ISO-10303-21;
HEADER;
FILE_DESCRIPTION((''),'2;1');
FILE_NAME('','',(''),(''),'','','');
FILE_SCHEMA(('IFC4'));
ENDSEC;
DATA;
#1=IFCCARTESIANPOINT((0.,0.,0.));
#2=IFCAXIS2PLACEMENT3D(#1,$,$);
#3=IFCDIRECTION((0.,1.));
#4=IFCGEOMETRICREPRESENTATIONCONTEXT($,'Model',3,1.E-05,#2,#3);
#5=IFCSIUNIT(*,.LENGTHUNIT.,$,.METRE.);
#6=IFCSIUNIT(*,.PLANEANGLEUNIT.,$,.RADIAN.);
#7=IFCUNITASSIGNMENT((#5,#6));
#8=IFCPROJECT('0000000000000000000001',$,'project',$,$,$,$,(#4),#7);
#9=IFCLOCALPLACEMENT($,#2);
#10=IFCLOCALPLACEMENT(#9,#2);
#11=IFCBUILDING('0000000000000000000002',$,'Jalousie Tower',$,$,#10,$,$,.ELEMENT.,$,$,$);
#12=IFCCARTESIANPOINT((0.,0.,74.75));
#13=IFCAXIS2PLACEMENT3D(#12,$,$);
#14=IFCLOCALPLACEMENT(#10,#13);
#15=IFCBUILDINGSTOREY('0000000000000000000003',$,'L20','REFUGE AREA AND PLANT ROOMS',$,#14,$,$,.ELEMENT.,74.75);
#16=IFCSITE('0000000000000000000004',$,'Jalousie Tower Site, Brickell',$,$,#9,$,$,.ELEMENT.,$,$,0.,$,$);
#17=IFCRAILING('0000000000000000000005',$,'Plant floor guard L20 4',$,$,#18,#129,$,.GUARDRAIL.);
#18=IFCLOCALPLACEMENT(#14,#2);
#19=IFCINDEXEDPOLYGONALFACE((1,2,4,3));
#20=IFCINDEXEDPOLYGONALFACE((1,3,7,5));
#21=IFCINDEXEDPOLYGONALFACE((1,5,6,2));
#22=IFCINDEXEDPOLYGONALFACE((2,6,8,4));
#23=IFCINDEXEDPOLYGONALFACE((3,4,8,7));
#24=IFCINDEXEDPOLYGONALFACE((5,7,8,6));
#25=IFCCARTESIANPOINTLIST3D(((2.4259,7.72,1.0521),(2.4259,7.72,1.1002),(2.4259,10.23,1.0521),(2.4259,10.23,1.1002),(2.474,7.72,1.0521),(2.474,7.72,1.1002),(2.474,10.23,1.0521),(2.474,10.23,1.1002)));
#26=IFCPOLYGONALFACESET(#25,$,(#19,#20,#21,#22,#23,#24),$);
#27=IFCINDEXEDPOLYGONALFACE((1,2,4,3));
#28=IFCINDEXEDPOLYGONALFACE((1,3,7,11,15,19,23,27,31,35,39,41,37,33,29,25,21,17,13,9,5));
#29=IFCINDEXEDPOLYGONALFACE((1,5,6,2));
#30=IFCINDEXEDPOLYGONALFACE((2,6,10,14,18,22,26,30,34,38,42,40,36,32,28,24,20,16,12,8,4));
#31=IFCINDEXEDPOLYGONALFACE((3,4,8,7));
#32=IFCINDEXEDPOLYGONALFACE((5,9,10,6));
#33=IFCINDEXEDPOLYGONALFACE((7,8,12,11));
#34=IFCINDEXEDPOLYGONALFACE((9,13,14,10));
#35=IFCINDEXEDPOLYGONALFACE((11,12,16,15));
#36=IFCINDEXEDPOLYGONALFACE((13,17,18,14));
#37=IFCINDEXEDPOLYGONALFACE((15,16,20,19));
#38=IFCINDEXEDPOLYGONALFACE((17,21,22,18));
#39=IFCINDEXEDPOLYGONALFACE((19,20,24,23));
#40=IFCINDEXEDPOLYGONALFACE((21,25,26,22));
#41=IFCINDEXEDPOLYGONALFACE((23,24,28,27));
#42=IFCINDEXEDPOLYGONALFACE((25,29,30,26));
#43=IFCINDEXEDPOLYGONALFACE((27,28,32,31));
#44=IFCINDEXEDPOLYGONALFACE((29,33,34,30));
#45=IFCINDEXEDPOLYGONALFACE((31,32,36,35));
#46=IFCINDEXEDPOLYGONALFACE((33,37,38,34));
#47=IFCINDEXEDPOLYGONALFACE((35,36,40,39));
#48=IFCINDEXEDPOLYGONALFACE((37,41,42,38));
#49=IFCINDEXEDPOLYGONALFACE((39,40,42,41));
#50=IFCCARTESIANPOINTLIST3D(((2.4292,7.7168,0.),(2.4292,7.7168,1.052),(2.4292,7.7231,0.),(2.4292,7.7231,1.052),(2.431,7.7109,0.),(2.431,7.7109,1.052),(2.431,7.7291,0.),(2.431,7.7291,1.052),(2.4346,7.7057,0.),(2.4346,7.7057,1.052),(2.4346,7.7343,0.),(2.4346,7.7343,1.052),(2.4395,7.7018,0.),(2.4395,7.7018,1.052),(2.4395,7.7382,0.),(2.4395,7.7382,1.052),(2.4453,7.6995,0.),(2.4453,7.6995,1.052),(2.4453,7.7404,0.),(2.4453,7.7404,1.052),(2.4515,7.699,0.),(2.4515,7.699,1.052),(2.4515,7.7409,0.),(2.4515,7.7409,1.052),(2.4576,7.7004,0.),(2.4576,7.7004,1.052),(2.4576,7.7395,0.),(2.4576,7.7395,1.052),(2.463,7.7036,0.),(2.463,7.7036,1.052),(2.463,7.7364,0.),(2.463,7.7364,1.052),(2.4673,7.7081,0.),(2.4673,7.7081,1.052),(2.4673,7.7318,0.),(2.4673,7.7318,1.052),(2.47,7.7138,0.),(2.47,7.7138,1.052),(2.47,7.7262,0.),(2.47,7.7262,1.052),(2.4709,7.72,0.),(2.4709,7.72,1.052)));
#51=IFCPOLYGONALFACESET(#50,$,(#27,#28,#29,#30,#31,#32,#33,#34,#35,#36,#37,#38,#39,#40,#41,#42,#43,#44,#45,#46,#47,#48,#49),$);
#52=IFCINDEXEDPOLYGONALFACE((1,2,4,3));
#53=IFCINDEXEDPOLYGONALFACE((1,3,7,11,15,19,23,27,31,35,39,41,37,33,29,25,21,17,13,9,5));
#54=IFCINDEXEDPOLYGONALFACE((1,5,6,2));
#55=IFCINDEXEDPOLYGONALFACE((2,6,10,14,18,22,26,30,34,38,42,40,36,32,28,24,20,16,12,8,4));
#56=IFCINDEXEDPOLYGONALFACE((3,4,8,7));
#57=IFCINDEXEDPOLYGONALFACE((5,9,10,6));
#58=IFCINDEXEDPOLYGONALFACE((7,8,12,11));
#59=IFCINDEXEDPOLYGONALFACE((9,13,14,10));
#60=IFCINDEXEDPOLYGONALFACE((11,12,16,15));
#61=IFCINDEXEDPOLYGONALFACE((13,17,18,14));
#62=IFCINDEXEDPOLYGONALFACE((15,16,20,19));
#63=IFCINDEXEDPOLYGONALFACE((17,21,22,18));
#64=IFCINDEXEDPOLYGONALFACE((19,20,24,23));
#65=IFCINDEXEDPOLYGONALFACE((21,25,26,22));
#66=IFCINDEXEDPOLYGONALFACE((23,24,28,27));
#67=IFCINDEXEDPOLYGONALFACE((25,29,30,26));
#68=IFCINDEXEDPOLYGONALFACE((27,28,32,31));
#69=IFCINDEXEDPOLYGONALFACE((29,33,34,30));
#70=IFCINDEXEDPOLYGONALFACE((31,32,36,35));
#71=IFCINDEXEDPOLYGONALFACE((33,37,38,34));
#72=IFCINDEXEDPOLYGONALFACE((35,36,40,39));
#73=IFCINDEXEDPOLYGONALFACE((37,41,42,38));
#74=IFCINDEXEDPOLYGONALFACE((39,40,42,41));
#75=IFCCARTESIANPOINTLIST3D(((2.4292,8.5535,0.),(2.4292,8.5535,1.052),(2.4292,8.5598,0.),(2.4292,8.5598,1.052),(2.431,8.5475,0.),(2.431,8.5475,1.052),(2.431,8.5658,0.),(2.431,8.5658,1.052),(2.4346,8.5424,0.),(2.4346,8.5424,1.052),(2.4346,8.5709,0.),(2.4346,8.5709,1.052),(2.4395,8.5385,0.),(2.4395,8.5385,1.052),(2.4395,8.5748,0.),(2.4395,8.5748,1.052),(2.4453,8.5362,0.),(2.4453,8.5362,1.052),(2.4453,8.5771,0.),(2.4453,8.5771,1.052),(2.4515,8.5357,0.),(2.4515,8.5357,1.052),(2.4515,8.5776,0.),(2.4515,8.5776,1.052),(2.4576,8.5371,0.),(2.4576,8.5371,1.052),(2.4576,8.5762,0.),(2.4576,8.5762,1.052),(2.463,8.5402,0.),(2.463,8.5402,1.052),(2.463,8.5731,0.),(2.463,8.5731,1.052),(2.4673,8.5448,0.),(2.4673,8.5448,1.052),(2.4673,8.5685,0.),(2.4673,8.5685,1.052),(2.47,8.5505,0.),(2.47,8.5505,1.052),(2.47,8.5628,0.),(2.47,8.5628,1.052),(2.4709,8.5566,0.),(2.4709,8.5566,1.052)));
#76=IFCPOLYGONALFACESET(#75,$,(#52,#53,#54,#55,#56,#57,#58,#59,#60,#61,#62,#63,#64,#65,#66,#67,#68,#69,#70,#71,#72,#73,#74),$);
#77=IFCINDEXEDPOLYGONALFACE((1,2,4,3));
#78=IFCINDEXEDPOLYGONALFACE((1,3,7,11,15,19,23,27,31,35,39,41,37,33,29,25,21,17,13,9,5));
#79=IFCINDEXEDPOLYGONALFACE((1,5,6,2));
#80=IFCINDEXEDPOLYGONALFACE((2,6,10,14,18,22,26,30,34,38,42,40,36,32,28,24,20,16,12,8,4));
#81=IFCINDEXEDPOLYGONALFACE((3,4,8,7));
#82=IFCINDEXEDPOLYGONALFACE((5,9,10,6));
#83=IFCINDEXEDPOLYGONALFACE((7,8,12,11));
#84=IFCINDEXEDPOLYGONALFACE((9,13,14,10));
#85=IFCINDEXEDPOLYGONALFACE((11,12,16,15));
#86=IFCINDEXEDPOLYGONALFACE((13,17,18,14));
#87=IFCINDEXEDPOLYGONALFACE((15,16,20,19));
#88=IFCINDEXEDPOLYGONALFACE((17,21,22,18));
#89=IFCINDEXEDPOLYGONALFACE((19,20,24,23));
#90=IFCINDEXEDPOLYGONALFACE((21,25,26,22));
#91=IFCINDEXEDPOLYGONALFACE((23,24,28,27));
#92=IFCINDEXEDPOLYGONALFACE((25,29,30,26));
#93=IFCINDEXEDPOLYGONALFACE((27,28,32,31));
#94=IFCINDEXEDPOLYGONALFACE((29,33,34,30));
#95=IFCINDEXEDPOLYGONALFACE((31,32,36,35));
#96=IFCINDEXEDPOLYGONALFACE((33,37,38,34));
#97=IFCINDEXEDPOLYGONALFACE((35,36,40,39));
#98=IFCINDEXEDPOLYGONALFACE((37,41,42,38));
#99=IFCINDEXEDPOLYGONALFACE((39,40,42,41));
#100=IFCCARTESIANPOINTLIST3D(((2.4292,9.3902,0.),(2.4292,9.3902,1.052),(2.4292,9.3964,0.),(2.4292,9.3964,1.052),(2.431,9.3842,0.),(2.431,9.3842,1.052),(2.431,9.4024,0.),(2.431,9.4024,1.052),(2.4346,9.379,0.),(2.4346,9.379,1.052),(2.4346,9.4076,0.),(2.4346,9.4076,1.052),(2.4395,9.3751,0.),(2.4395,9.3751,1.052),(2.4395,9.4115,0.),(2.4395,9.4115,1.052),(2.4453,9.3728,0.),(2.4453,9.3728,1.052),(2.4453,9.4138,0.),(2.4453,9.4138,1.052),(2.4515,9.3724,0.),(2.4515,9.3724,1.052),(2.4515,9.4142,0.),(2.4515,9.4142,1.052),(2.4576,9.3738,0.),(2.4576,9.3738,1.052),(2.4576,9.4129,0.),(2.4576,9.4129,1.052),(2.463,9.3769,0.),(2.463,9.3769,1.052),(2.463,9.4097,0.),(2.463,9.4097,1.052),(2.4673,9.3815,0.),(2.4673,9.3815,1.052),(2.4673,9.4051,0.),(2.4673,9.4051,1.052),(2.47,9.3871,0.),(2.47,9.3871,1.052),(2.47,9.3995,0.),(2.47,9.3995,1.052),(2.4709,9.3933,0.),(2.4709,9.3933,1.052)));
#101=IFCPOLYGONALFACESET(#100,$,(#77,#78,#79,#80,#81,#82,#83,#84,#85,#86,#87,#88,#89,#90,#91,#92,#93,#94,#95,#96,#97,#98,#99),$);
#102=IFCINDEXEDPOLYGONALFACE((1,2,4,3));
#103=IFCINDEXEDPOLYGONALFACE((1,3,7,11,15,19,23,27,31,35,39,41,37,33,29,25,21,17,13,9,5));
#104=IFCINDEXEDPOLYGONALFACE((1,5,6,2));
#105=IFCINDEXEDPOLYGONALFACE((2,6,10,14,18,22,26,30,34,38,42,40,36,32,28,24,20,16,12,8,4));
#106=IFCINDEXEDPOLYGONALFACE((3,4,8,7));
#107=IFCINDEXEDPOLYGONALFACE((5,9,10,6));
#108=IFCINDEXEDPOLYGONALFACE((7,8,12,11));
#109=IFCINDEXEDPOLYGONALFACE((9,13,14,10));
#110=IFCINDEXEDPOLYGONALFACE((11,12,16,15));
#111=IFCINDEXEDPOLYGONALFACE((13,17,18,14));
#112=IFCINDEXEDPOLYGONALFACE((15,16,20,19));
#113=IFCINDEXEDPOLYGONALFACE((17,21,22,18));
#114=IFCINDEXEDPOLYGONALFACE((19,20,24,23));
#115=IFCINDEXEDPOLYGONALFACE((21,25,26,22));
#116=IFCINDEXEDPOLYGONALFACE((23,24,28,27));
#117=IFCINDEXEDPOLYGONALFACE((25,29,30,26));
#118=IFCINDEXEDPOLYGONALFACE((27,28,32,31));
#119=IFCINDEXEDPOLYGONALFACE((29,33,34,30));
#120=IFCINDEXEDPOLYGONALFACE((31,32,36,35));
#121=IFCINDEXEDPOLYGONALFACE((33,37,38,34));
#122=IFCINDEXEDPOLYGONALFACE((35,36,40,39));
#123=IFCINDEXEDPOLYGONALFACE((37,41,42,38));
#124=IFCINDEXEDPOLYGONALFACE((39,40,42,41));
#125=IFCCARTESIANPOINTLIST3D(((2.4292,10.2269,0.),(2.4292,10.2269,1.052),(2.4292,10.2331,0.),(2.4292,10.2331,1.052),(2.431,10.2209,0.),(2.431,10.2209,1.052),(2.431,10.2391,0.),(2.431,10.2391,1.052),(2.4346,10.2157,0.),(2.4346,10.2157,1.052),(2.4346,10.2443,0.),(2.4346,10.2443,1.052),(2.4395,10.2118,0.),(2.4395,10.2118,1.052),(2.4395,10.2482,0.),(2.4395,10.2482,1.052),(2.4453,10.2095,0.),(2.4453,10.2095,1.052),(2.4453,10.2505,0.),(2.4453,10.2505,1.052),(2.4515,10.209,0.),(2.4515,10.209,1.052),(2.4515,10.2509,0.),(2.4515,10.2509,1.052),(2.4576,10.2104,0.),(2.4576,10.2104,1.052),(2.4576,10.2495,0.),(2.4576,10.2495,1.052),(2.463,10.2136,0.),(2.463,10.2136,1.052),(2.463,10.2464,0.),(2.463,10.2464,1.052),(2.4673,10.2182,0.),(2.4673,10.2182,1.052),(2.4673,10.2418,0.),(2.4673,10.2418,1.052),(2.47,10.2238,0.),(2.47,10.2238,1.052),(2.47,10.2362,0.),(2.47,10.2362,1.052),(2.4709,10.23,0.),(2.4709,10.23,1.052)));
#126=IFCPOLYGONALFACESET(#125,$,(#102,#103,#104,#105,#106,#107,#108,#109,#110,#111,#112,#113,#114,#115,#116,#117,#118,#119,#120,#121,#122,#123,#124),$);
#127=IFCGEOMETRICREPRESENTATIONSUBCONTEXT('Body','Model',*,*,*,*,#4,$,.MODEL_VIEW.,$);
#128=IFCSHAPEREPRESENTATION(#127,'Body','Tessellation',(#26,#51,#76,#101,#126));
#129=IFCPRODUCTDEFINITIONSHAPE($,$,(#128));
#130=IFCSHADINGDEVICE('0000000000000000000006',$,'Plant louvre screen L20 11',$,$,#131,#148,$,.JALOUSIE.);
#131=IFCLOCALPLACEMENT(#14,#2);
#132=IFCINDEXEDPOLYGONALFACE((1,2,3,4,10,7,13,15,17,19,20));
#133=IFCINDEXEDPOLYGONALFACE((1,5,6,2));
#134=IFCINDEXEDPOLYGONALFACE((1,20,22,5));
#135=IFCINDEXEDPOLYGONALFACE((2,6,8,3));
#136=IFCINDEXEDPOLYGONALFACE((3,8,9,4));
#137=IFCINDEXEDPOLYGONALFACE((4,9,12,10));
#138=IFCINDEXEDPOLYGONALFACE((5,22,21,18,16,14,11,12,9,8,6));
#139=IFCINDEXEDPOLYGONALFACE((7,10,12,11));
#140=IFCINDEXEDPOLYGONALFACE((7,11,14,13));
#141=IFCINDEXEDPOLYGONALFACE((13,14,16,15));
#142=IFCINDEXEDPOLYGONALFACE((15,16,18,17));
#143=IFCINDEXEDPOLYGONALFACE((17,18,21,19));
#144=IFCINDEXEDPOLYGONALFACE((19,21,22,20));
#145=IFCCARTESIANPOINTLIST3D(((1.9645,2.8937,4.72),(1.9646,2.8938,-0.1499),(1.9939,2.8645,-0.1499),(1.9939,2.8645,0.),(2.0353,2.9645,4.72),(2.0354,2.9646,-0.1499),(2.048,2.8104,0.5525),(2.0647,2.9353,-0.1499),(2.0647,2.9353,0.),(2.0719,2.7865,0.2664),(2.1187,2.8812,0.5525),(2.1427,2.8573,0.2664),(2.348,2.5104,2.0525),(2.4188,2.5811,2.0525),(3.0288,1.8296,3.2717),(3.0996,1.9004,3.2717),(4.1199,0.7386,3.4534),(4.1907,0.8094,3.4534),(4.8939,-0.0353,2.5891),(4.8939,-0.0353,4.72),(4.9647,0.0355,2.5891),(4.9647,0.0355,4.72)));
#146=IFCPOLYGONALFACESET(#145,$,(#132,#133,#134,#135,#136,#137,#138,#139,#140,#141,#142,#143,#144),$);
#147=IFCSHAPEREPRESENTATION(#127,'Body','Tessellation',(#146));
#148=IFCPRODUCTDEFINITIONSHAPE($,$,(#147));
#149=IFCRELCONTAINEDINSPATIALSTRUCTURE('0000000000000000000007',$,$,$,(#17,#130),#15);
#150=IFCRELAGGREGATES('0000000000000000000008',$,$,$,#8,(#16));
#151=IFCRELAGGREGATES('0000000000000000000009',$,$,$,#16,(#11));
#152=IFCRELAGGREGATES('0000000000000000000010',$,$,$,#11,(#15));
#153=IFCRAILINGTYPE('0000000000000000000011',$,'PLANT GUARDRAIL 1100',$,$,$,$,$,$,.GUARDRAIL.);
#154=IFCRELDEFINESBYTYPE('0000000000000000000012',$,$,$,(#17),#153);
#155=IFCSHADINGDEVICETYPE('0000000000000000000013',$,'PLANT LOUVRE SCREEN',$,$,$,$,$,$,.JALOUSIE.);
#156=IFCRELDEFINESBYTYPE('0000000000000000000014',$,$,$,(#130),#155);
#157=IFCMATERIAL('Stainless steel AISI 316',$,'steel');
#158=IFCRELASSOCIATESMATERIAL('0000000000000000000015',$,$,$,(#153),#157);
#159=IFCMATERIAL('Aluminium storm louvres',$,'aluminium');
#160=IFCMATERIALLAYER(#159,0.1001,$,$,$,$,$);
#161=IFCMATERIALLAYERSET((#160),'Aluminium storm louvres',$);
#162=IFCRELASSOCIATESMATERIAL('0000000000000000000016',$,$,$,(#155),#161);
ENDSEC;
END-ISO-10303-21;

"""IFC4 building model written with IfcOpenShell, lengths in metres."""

from ifc_helpers import new_model, si_unit, direction, frame, origin, origin_2d, place, context, subcontext, project, spatial, polyline, rectangle, circle, outline, extrude, material, layer, layer_set, type_object, element, save


model = new_model("IFC4")

# Units and contexts
model_context = context("Model", 3, precision=1e-05, world=origin(), true_north=direction((0.0, 1.0)))
body_context = subcontext(model_context, "Body", "Model", "MODEL_VIEW")
ifc_project = project(units=[si_unit("LENGTHUNIT", "METRE"), si_unit("PLANEANGLEUNIT", "RADIAN")], contexts=[model_context])

# Site, building, storey
site_placement = place(None, origin())
site = spatial("IfcSite", under=ifc_project, at=site_placement, Name="Jalousie Tower Site, Brickell", CompositionType="ELEMENT", RefElevation=0.0)
building_placement = place(site_placement, origin())
building = spatial("IfcBuilding", under=site, at=building_placement, Name="Jalousie Tower", CompositionType="ELEMENT")
storey_placement = place(building_placement, frame((0.0, 0.0, 74.75)))
storey = spatial("IfcBuildingStorey", under=building, at=storey_placement, Name="L20", Description="REFUGE AREA AND PLANT ROOMS", CompositionType="ELEMENT", Elevation=74.75)

# Railing
ifc_material_1 = material(Name="Stainless steel AISI 316", Category="steel")
railing_type = type_object("IfcRailingType", Name="PLANT GUARDRAIL 1100", PredefinedType="GUARDRAIL", material=ifc_material_1)
railing_1_placement = place(storey_placement, frame((2.45, 7.72, 0.0)))
element("IfcRailing", 1, at=railing_1_placement, inside=storey, type_object=railing_type, Name="Plant floor guard L20 4", PredefinedType="GUARDRAIL", context=body_context, shape_type="SweptSolid", body=[
    extrude(rectangle(XDim=0.0481, YDim=0.0481, at=origin_2d()), frame((0.0, 0.0, 1.0762), z_axis=(0.0, 1.0, 0.0), x_axis=(-1.0, 0.0, 0.0)), (0.0, 0.0, 1.0), 2.51),
    extrude(circle(Radius=0.021, at=origin_2d()), origin(), (0.0, 0.0, 1.0), 1.052),
    extrude(circle(Radius=0.021, at=origin_2d()), frame((0.0, 0.8367, 0.0)), (0.0, 0.0, 1.0), 1.052),
    extrude(circle(Radius=0.021, at=origin_2d()), frame((0.0, 1.6733, 0.0)), (0.0, 0.0, 1.0), 1.052),
    extrude(circle(Radius=0.021, at=origin_2d()), frame((0.0, 2.51, 0.0)), (0.0, 0.0, 1.0), 1.052),
])

# Shading device
ifc_material_2 = material(Name="Aluminium storm louvres", Category="aluminium")
ifc_layer_1 = layer(ifc_material_2, 0.1001)
ifc_layer_set_1 = layer_set([ifc_layer_1], Name="Aluminium storm louvres")
shading_device_type = type_object("IfcShadingDeviceType", Name="PLANT LOUVRE SCREEN", PredefinedType="JALOUSIE", material=ifc_layer_set_1)
shading_device_placement = place(storey_placement, frame((1.9646, 2.8938, -0.1499), z_axis=(-0.707068, -0.707146, -0.00002), x_axis=(0.707146, -0.707068, 0.0)))
element("IfcShadingDevice", 2, at=shading_device_placement, inside=storey, type_object=shading_device_type, Name="Plant louvre screen L20 11", PredefinedType="JALOUSIE", context=body_context, shape_type="SweptSolid", body=[
    extrude(outline(polyline([(0.0, 0.0), (0.0414, 0.0), (0.0414, 0.1499), (0.1517, 0.4163), (0.1179, 0.7024), (0.5422, 2.2024), (1.505, 3.4216), (3.048, 3.6033), (4.1425, 2.739), (4.1425, 4.8699), (0.0, 4.8699), (0.0, 0.0)])), origin(), (0.0, 0.0, -1.0), 0.1001),
])

save(model, "model.ifc")
